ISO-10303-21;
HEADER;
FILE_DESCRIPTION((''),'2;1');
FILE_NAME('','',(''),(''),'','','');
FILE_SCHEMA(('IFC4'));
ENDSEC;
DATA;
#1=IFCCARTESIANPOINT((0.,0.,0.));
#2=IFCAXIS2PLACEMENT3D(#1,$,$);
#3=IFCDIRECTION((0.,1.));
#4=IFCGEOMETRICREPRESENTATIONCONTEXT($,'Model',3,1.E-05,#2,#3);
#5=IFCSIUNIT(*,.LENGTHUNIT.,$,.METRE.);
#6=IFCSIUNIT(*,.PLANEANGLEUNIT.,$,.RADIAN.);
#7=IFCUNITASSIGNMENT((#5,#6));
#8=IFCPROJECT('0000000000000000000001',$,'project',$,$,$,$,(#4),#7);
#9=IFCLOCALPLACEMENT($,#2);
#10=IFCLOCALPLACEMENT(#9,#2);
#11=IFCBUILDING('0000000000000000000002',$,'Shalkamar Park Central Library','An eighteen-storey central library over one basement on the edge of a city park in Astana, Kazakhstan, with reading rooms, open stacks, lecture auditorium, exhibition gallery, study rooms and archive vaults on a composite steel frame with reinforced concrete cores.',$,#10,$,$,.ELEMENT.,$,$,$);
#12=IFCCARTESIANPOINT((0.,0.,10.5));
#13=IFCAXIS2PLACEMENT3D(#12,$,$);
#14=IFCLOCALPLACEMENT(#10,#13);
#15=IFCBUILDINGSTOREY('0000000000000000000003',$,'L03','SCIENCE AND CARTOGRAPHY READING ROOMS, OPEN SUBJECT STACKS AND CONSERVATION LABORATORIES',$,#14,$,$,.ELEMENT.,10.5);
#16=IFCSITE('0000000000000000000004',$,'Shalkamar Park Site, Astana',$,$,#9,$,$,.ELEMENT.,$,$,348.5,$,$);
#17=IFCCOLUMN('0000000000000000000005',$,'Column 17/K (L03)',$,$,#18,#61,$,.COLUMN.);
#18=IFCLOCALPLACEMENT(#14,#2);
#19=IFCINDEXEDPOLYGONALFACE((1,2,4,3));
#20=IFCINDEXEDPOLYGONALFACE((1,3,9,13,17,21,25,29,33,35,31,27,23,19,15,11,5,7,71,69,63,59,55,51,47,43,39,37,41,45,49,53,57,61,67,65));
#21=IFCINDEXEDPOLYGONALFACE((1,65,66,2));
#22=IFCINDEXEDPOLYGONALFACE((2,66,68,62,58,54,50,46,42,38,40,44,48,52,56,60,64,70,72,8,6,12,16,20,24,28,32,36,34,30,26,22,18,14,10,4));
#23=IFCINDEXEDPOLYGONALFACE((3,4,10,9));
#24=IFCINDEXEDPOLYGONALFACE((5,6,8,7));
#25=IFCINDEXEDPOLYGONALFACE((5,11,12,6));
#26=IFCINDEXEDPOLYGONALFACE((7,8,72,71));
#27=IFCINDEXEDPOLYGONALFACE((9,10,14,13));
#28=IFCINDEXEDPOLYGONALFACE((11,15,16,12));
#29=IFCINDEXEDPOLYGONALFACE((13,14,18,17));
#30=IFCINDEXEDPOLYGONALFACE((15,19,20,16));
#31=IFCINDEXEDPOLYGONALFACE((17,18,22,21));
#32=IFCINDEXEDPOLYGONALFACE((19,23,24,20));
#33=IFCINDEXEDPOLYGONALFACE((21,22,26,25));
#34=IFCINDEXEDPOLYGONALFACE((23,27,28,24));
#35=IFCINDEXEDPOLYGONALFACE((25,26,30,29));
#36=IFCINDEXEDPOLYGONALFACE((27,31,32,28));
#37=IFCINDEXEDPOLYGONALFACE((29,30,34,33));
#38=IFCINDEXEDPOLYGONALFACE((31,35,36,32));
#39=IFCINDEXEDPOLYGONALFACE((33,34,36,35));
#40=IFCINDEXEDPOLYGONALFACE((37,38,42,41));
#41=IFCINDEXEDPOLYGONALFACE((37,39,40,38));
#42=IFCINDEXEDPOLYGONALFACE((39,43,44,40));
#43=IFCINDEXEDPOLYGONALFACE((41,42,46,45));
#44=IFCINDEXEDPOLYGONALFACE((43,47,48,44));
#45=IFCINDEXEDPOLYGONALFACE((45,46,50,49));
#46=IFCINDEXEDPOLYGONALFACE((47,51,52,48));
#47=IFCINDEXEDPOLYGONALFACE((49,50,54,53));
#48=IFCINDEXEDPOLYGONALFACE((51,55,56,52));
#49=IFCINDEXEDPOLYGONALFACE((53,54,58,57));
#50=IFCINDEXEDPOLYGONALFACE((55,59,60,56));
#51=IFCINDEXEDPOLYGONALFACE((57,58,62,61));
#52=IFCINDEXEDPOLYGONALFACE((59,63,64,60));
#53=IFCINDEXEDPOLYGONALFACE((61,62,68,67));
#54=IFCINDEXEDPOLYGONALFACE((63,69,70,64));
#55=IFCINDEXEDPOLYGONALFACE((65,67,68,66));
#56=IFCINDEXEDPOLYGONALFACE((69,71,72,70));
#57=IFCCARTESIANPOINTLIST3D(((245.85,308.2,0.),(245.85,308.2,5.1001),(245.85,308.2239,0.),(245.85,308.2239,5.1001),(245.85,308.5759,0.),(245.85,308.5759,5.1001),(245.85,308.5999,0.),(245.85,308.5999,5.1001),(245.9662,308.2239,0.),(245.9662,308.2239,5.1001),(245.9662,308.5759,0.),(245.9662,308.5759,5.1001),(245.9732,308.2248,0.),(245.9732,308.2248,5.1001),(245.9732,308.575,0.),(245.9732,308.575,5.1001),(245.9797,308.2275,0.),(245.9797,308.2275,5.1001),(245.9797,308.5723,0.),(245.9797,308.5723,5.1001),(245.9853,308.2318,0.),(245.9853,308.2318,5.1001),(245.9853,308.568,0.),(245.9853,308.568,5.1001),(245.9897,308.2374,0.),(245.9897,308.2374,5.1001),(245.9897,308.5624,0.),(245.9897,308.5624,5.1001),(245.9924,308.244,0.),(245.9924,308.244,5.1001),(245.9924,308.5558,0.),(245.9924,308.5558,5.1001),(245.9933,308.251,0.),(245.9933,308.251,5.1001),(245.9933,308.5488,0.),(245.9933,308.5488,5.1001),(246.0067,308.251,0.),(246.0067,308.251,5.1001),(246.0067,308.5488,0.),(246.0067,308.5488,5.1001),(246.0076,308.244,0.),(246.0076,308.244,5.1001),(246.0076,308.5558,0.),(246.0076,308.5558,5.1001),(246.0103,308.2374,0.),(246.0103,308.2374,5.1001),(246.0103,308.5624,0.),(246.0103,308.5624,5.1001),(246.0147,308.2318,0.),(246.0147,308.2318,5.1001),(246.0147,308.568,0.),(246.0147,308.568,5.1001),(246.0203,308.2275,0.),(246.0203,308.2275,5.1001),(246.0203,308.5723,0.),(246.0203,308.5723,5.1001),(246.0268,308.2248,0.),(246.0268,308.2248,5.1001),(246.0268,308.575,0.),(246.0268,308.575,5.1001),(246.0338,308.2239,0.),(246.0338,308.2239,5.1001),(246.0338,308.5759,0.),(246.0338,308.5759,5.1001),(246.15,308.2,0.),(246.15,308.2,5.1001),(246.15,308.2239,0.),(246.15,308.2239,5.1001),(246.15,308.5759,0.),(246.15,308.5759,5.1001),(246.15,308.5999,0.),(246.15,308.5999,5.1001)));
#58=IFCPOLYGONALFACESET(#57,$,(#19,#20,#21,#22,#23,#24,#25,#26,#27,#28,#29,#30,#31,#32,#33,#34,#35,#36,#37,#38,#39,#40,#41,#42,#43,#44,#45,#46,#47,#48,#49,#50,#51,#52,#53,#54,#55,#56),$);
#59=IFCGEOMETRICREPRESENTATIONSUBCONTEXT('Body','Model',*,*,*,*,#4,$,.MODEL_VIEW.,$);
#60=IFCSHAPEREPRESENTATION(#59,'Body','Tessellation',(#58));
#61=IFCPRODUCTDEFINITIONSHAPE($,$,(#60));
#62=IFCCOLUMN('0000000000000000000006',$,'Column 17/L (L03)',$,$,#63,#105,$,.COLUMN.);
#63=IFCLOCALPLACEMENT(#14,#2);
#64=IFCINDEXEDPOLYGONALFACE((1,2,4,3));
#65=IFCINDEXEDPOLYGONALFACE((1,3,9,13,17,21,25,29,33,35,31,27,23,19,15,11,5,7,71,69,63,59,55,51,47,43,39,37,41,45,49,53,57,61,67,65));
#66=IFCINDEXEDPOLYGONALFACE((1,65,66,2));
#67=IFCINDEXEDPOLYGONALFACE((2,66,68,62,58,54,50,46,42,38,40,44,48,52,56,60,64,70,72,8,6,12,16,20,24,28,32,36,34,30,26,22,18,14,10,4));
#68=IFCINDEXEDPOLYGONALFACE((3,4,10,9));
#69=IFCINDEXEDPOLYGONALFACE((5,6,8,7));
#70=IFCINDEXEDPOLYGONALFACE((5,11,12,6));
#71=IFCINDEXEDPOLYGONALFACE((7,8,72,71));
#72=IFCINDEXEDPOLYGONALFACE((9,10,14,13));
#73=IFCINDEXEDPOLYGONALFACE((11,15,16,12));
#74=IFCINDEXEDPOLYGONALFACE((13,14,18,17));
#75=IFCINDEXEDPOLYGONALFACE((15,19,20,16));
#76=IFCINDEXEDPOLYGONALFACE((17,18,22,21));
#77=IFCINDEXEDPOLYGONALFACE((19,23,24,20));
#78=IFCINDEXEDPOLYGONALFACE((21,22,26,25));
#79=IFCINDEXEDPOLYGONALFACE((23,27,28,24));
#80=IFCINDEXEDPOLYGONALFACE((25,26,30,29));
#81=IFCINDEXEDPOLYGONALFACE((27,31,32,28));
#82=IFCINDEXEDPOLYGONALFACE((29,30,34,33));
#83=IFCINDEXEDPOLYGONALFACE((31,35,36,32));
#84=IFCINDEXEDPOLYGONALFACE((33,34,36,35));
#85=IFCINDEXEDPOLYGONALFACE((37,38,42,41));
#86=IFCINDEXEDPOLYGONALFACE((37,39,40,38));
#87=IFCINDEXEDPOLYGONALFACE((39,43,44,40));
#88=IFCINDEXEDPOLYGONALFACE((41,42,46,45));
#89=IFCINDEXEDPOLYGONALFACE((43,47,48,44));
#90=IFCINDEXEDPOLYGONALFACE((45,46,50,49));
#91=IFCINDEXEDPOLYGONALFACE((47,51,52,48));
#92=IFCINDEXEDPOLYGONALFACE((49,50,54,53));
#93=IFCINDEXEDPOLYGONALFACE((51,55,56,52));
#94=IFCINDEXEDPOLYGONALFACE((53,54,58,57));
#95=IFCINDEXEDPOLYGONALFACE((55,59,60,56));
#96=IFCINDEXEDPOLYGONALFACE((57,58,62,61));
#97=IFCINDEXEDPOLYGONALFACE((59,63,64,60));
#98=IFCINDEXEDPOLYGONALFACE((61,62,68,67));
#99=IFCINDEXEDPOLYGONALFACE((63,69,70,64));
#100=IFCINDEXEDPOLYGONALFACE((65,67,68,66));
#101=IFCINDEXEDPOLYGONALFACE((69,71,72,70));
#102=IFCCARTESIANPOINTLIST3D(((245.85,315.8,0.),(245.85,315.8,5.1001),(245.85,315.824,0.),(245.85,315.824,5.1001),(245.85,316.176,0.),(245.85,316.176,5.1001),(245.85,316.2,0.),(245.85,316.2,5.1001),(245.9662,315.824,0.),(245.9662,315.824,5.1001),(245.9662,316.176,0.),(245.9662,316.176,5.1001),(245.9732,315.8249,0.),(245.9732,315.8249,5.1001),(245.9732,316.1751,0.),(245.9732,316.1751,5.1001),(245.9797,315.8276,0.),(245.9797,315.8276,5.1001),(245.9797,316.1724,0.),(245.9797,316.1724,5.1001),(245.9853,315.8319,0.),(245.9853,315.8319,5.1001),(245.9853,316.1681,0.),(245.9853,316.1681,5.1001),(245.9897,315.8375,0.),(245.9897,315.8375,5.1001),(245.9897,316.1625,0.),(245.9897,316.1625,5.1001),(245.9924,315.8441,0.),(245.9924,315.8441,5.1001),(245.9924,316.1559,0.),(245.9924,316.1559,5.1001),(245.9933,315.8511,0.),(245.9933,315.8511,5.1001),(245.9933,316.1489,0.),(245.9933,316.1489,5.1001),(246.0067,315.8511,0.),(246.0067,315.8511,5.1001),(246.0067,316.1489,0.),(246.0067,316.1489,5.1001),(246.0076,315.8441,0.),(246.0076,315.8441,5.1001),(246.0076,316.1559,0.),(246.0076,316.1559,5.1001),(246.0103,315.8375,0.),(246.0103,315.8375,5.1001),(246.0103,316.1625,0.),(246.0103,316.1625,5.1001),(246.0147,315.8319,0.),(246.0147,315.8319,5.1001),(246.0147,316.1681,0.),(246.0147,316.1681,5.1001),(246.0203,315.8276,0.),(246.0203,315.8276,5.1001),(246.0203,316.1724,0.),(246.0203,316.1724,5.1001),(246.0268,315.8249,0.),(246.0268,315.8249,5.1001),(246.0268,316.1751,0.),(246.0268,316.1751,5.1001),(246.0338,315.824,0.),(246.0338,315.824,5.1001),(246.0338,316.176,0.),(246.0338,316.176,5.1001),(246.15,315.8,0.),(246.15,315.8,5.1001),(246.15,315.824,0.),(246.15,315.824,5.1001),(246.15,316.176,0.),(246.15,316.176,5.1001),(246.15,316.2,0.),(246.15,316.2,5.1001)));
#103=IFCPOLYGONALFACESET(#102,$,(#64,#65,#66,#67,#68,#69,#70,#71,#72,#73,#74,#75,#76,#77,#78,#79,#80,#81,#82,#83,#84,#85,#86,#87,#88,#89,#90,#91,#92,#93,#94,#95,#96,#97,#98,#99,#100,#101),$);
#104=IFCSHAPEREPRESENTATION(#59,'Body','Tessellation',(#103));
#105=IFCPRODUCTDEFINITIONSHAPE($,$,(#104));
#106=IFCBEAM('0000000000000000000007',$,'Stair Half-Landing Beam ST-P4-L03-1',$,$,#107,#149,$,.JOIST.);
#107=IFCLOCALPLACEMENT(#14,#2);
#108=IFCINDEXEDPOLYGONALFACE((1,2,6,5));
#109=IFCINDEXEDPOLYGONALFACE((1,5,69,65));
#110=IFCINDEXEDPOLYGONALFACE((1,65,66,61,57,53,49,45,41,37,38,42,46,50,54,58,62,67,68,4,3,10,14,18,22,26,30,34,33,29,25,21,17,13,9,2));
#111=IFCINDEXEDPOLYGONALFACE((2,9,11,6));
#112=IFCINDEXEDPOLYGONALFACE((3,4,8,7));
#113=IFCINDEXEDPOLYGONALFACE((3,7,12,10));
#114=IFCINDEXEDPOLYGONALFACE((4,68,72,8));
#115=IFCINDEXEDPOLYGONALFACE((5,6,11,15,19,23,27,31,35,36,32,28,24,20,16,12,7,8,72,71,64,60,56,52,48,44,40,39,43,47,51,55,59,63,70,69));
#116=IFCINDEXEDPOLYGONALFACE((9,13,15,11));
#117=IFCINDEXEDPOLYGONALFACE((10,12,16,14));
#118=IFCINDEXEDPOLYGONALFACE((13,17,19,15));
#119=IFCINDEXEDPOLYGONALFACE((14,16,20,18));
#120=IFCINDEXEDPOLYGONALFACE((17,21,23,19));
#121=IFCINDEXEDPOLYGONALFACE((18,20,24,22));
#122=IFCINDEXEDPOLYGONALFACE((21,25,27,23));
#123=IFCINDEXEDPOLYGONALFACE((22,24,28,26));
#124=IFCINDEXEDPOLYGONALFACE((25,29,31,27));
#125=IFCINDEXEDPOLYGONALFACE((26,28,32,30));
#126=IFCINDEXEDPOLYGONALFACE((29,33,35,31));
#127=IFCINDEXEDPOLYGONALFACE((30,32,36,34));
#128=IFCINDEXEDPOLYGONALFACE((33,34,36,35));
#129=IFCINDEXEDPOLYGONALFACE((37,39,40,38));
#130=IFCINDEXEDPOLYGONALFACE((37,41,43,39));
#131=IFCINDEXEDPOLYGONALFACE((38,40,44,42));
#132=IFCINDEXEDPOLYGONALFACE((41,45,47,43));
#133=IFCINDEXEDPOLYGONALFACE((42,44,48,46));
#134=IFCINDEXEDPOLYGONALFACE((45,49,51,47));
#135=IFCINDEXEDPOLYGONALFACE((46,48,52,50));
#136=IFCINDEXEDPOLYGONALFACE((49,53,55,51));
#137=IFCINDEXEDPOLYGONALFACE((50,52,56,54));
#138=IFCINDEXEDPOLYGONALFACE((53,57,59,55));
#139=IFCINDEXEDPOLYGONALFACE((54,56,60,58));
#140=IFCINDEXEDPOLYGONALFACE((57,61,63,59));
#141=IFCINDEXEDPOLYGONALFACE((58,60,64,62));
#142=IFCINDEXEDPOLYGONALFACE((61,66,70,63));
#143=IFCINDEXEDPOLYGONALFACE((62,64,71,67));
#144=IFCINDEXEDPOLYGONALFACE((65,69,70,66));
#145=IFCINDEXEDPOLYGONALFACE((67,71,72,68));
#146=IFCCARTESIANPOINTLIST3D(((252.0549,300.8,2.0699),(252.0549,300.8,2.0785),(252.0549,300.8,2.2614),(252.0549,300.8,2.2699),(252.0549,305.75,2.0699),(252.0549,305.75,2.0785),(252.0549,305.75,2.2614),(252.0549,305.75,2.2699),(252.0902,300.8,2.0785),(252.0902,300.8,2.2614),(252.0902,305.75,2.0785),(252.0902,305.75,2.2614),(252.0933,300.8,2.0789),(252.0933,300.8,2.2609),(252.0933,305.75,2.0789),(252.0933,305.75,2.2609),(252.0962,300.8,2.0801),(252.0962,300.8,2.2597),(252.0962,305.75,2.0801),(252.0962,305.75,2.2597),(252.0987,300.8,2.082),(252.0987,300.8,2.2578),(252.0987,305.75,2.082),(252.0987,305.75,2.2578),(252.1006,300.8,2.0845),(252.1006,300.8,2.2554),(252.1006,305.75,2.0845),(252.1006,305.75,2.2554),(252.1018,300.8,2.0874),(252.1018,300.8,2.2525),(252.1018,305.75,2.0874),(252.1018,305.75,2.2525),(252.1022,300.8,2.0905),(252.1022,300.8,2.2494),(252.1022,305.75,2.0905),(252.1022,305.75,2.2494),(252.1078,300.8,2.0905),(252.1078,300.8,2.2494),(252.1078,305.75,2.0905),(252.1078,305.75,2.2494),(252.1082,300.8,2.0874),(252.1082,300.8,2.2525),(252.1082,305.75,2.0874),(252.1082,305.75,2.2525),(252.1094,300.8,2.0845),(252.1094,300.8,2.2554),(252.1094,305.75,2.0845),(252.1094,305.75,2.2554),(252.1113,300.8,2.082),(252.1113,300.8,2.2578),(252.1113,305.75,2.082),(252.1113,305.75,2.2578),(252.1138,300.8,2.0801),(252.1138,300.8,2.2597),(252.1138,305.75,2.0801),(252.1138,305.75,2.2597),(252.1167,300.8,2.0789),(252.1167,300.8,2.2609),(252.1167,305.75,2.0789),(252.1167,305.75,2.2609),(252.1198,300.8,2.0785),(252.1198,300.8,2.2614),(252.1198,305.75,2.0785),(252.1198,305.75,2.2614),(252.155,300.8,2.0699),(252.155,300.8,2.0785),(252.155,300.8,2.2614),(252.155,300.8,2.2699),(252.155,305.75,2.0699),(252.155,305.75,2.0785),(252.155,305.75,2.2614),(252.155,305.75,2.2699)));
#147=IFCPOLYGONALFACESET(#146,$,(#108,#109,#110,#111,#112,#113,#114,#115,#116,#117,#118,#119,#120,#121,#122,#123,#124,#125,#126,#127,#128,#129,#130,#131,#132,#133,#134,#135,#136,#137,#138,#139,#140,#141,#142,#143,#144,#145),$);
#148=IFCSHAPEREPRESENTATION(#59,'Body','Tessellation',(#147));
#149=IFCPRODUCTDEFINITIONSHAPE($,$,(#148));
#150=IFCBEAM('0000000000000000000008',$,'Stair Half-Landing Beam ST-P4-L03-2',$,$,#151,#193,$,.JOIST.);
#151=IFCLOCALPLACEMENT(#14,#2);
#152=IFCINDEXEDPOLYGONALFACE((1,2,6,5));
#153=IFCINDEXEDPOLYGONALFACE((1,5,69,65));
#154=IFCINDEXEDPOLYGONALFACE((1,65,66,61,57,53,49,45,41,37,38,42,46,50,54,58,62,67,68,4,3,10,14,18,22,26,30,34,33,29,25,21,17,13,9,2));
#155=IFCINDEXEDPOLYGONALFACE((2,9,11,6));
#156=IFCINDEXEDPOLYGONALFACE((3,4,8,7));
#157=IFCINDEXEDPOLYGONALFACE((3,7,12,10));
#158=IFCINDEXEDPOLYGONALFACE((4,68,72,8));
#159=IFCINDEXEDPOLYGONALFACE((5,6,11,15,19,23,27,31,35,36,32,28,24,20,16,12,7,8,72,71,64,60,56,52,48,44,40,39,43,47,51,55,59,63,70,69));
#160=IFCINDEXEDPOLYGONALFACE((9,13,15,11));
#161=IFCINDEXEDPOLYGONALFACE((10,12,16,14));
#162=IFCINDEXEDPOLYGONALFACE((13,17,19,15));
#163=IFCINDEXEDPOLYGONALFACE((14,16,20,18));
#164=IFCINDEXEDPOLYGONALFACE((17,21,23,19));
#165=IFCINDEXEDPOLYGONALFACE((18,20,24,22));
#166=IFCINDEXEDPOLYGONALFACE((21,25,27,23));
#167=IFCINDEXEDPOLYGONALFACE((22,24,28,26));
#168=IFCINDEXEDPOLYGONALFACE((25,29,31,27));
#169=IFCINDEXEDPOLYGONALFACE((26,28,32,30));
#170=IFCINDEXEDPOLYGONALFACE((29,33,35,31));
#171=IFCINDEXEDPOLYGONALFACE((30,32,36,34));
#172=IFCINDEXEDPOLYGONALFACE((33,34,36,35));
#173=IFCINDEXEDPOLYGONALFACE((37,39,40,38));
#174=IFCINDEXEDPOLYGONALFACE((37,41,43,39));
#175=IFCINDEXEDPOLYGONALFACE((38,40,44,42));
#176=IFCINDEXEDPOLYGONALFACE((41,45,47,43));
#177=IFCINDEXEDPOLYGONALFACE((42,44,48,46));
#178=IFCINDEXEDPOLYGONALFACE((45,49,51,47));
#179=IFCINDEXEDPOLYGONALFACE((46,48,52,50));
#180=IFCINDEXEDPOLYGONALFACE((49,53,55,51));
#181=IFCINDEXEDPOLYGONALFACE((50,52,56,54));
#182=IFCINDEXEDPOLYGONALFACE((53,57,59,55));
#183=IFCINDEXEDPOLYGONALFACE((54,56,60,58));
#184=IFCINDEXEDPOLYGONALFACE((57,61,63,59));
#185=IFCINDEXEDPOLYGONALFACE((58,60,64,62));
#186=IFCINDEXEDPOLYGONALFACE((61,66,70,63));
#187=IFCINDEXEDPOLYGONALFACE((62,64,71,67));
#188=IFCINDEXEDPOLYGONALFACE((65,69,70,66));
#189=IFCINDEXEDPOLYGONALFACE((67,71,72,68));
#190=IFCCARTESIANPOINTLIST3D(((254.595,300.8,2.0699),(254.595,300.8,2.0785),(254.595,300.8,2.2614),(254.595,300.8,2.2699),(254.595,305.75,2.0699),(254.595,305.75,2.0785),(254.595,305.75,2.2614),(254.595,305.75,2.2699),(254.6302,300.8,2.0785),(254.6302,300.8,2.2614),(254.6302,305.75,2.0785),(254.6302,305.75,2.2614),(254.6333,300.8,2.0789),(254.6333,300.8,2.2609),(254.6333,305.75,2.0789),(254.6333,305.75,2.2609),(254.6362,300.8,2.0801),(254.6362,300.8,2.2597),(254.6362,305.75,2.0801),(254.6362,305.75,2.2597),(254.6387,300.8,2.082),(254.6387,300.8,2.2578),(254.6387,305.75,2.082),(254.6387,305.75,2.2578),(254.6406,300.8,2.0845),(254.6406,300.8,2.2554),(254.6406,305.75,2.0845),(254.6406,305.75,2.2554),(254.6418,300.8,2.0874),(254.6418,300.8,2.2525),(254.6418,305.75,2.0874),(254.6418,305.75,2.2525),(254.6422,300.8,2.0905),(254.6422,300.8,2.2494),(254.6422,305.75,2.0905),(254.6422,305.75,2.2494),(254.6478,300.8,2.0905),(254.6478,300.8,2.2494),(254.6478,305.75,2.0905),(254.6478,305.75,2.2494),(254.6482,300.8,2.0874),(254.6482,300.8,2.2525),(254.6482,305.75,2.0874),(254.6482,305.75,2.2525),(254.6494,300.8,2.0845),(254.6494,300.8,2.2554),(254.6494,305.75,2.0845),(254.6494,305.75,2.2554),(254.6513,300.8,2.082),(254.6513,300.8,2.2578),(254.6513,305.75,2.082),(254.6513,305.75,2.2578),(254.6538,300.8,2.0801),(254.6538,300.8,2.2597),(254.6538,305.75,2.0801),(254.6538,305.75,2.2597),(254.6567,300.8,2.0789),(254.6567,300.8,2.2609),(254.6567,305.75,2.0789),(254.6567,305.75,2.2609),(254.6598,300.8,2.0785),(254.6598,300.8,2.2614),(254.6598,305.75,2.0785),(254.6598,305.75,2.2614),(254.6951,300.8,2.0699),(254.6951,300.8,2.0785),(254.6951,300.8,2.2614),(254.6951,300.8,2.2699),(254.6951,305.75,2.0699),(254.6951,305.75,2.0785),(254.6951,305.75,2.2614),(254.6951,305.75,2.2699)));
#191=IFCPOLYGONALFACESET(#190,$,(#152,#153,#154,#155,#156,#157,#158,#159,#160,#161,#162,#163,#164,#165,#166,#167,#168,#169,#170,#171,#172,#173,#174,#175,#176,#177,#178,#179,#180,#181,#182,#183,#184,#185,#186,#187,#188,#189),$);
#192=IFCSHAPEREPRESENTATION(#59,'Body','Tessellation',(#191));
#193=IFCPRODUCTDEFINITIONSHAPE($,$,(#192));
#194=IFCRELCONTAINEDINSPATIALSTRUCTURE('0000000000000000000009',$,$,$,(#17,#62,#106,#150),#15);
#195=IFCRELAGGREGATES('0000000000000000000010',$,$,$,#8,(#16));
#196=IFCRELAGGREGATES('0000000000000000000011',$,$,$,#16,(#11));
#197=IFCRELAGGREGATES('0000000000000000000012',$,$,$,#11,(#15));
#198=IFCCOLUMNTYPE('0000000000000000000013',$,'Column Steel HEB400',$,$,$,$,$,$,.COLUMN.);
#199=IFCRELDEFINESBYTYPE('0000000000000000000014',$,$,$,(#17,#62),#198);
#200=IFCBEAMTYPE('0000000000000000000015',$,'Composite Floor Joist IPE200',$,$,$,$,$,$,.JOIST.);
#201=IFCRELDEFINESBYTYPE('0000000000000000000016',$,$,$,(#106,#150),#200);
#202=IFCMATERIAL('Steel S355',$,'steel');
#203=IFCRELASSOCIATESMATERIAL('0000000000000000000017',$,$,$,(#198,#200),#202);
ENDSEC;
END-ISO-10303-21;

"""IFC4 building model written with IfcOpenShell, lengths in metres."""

from ifc_helpers import new_model, si_unit, direction, frame, origin, origin_2d, place, context, subcontext, project, spatial, i_section, extrude, material, material_profile, profile_set, type_object, element, save


model = new_model("IFC4")

# Units and contexts
model_context = context("Model", 3, precision=1e-05, world=origin(), true_north=direction((0.0, 1.0)))
body_context = subcontext(model_context, "Body", "Model", "MODEL_VIEW")
ifc_project = project(units=[si_unit("LENGTHUNIT", "METRE"), si_unit("PLANEANGLEUNIT", "RADIAN")], contexts=[model_context])

# Site, building, storey
site_placement = place(None, origin())
site = spatial("IfcSite", under=ifc_project, at=site_placement, Name="Shalkamar Park Site, Astana", CompositionType="ELEMENT", RefElevation=348.5)
building_placement = place(site_placement, origin())
building = spatial("IfcBuilding", under=site, at=building_placement, Name="Shalkamar Park Central Library", Description="An eighteen-storey central library over one basement on the edge of a city park in Astana, Kazakhstan, with reading rooms, open stacks, lecture auditorium, exhibition gallery, study rooms and archive vaults on a composite steel frame with reinforced concrete cores.", CompositionType="ELEMENT")
storey_placement = place(building_placement, frame((0.0, 0.0, 10.5)))
storey = spatial("IfcBuildingStorey", under=building, at=storey_placement, Name="L03", Description="SCIENCE AND CARTOGRAPHY READING ROOMS, OPEN SUBJECT STACKS AND CONSERVATION LABORATORIES", CompositionType="ELEMENT", Elevation=10.5)

# Columns
ifc_material_1 = material(Name="Steel S355", Category="steel")
ifc_material_profile_1 = material_profile(ifc_material_1, i_section(OverallWidth=0.3, OverallDepth=0.3999, WebThickness=0.0134, FlangeThickness=0.0239, FilletRadius=0.0271, at=origin_2d()), Name="HEB 400")
ifc_profile_set_1 = profile_set([ifc_material_profile_1], Name="Steel S355")
column_type = type_object("IfcColumnType", Name="Column Steel HEB400", PredefinedType="COLUMN", material=ifc_profile_set_1)
for number, where, z_axis, x_axis, name in (
    (1, (246.0, 308.3999, 0.0), (0.0, 0.0, 1.0), (1.0, 0.0, 0.0), "Column 17/K (L03)"),
    (2, (246.0, 316.0, 0.0), (0.0, 0.0, 1.0), (1.0, 0.0, 0.0), "Column 17/L (L03)"),
):
    element("IfcColumn", number, at=place(storey_placement, frame(where, z_axis=z_axis, x_axis=x_axis)), inside=storey, type_object=column_type, Name=name, PredefinedType="COLUMN", context=body_context, shape_type="SweptSolid", body=[
        extrude(i_section(OverallWidth=0.3, OverallDepth=0.3999, WebThickness=0.0134, FlangeThickness=0.0239, FilletRadius=0.0271, at=origin_2d()), origin(), (0.0, 0.0, 1.0), 5.1001),
    ])

# Beams
ifc_material_profile_2 = material_profile(ifc_material_1, i_section(OverallWidth=0.1001, OverallDepth=0.2, WebThickness=0.0056, FlangeThickness=0.0085, FilletRadius=0.012, at=origin_2d()), Name="IPE 200")
ifc_profile_set_2 = profile_set([ifc_material_profile_2], Name="Steel S355")
beam_type_1 = type_object("IfcBeamType", Name="Composite Floor Joist IPE200", PredefinedType="JOIST", material=ifc_profile_set_2)
for number, where, z_axis, x_axis, name in (
    (3, (252.105, 300.8, 2.1699), (0.0, 1.0, 0.0), (-1.0, 0.0, 0.0), "Stair Half-Landing Beam ST-P4-L03-1"),
    (4, (254.645, 300.8, 2.1699), (0.0, 1.0, 0.0), (-1.0, 0.0, 0.0), "Stair Half-Landing Beam ST-P4-L03-2"),
):
    element("IfcBeam", number, at=place(storey_placement, frame(where, z_axis=z_axis, x_axis=x_axis)), inside=storey, type_object=beam_type_1, Name=name, PredefinedType="JOIST", context=body_context, shape_type="SweptSolid", body=[
        extrude(i_section(OverallWidth=0.1001, OverallDepth=0.2, WebThickness=0.0056, FlangeThickness=0.0085, FilletRadius=0.012, at=origin_2d()), origin(), (0.0, 0.0, 1.0), 4.95),
    ])

save(model, "model.ifc")
